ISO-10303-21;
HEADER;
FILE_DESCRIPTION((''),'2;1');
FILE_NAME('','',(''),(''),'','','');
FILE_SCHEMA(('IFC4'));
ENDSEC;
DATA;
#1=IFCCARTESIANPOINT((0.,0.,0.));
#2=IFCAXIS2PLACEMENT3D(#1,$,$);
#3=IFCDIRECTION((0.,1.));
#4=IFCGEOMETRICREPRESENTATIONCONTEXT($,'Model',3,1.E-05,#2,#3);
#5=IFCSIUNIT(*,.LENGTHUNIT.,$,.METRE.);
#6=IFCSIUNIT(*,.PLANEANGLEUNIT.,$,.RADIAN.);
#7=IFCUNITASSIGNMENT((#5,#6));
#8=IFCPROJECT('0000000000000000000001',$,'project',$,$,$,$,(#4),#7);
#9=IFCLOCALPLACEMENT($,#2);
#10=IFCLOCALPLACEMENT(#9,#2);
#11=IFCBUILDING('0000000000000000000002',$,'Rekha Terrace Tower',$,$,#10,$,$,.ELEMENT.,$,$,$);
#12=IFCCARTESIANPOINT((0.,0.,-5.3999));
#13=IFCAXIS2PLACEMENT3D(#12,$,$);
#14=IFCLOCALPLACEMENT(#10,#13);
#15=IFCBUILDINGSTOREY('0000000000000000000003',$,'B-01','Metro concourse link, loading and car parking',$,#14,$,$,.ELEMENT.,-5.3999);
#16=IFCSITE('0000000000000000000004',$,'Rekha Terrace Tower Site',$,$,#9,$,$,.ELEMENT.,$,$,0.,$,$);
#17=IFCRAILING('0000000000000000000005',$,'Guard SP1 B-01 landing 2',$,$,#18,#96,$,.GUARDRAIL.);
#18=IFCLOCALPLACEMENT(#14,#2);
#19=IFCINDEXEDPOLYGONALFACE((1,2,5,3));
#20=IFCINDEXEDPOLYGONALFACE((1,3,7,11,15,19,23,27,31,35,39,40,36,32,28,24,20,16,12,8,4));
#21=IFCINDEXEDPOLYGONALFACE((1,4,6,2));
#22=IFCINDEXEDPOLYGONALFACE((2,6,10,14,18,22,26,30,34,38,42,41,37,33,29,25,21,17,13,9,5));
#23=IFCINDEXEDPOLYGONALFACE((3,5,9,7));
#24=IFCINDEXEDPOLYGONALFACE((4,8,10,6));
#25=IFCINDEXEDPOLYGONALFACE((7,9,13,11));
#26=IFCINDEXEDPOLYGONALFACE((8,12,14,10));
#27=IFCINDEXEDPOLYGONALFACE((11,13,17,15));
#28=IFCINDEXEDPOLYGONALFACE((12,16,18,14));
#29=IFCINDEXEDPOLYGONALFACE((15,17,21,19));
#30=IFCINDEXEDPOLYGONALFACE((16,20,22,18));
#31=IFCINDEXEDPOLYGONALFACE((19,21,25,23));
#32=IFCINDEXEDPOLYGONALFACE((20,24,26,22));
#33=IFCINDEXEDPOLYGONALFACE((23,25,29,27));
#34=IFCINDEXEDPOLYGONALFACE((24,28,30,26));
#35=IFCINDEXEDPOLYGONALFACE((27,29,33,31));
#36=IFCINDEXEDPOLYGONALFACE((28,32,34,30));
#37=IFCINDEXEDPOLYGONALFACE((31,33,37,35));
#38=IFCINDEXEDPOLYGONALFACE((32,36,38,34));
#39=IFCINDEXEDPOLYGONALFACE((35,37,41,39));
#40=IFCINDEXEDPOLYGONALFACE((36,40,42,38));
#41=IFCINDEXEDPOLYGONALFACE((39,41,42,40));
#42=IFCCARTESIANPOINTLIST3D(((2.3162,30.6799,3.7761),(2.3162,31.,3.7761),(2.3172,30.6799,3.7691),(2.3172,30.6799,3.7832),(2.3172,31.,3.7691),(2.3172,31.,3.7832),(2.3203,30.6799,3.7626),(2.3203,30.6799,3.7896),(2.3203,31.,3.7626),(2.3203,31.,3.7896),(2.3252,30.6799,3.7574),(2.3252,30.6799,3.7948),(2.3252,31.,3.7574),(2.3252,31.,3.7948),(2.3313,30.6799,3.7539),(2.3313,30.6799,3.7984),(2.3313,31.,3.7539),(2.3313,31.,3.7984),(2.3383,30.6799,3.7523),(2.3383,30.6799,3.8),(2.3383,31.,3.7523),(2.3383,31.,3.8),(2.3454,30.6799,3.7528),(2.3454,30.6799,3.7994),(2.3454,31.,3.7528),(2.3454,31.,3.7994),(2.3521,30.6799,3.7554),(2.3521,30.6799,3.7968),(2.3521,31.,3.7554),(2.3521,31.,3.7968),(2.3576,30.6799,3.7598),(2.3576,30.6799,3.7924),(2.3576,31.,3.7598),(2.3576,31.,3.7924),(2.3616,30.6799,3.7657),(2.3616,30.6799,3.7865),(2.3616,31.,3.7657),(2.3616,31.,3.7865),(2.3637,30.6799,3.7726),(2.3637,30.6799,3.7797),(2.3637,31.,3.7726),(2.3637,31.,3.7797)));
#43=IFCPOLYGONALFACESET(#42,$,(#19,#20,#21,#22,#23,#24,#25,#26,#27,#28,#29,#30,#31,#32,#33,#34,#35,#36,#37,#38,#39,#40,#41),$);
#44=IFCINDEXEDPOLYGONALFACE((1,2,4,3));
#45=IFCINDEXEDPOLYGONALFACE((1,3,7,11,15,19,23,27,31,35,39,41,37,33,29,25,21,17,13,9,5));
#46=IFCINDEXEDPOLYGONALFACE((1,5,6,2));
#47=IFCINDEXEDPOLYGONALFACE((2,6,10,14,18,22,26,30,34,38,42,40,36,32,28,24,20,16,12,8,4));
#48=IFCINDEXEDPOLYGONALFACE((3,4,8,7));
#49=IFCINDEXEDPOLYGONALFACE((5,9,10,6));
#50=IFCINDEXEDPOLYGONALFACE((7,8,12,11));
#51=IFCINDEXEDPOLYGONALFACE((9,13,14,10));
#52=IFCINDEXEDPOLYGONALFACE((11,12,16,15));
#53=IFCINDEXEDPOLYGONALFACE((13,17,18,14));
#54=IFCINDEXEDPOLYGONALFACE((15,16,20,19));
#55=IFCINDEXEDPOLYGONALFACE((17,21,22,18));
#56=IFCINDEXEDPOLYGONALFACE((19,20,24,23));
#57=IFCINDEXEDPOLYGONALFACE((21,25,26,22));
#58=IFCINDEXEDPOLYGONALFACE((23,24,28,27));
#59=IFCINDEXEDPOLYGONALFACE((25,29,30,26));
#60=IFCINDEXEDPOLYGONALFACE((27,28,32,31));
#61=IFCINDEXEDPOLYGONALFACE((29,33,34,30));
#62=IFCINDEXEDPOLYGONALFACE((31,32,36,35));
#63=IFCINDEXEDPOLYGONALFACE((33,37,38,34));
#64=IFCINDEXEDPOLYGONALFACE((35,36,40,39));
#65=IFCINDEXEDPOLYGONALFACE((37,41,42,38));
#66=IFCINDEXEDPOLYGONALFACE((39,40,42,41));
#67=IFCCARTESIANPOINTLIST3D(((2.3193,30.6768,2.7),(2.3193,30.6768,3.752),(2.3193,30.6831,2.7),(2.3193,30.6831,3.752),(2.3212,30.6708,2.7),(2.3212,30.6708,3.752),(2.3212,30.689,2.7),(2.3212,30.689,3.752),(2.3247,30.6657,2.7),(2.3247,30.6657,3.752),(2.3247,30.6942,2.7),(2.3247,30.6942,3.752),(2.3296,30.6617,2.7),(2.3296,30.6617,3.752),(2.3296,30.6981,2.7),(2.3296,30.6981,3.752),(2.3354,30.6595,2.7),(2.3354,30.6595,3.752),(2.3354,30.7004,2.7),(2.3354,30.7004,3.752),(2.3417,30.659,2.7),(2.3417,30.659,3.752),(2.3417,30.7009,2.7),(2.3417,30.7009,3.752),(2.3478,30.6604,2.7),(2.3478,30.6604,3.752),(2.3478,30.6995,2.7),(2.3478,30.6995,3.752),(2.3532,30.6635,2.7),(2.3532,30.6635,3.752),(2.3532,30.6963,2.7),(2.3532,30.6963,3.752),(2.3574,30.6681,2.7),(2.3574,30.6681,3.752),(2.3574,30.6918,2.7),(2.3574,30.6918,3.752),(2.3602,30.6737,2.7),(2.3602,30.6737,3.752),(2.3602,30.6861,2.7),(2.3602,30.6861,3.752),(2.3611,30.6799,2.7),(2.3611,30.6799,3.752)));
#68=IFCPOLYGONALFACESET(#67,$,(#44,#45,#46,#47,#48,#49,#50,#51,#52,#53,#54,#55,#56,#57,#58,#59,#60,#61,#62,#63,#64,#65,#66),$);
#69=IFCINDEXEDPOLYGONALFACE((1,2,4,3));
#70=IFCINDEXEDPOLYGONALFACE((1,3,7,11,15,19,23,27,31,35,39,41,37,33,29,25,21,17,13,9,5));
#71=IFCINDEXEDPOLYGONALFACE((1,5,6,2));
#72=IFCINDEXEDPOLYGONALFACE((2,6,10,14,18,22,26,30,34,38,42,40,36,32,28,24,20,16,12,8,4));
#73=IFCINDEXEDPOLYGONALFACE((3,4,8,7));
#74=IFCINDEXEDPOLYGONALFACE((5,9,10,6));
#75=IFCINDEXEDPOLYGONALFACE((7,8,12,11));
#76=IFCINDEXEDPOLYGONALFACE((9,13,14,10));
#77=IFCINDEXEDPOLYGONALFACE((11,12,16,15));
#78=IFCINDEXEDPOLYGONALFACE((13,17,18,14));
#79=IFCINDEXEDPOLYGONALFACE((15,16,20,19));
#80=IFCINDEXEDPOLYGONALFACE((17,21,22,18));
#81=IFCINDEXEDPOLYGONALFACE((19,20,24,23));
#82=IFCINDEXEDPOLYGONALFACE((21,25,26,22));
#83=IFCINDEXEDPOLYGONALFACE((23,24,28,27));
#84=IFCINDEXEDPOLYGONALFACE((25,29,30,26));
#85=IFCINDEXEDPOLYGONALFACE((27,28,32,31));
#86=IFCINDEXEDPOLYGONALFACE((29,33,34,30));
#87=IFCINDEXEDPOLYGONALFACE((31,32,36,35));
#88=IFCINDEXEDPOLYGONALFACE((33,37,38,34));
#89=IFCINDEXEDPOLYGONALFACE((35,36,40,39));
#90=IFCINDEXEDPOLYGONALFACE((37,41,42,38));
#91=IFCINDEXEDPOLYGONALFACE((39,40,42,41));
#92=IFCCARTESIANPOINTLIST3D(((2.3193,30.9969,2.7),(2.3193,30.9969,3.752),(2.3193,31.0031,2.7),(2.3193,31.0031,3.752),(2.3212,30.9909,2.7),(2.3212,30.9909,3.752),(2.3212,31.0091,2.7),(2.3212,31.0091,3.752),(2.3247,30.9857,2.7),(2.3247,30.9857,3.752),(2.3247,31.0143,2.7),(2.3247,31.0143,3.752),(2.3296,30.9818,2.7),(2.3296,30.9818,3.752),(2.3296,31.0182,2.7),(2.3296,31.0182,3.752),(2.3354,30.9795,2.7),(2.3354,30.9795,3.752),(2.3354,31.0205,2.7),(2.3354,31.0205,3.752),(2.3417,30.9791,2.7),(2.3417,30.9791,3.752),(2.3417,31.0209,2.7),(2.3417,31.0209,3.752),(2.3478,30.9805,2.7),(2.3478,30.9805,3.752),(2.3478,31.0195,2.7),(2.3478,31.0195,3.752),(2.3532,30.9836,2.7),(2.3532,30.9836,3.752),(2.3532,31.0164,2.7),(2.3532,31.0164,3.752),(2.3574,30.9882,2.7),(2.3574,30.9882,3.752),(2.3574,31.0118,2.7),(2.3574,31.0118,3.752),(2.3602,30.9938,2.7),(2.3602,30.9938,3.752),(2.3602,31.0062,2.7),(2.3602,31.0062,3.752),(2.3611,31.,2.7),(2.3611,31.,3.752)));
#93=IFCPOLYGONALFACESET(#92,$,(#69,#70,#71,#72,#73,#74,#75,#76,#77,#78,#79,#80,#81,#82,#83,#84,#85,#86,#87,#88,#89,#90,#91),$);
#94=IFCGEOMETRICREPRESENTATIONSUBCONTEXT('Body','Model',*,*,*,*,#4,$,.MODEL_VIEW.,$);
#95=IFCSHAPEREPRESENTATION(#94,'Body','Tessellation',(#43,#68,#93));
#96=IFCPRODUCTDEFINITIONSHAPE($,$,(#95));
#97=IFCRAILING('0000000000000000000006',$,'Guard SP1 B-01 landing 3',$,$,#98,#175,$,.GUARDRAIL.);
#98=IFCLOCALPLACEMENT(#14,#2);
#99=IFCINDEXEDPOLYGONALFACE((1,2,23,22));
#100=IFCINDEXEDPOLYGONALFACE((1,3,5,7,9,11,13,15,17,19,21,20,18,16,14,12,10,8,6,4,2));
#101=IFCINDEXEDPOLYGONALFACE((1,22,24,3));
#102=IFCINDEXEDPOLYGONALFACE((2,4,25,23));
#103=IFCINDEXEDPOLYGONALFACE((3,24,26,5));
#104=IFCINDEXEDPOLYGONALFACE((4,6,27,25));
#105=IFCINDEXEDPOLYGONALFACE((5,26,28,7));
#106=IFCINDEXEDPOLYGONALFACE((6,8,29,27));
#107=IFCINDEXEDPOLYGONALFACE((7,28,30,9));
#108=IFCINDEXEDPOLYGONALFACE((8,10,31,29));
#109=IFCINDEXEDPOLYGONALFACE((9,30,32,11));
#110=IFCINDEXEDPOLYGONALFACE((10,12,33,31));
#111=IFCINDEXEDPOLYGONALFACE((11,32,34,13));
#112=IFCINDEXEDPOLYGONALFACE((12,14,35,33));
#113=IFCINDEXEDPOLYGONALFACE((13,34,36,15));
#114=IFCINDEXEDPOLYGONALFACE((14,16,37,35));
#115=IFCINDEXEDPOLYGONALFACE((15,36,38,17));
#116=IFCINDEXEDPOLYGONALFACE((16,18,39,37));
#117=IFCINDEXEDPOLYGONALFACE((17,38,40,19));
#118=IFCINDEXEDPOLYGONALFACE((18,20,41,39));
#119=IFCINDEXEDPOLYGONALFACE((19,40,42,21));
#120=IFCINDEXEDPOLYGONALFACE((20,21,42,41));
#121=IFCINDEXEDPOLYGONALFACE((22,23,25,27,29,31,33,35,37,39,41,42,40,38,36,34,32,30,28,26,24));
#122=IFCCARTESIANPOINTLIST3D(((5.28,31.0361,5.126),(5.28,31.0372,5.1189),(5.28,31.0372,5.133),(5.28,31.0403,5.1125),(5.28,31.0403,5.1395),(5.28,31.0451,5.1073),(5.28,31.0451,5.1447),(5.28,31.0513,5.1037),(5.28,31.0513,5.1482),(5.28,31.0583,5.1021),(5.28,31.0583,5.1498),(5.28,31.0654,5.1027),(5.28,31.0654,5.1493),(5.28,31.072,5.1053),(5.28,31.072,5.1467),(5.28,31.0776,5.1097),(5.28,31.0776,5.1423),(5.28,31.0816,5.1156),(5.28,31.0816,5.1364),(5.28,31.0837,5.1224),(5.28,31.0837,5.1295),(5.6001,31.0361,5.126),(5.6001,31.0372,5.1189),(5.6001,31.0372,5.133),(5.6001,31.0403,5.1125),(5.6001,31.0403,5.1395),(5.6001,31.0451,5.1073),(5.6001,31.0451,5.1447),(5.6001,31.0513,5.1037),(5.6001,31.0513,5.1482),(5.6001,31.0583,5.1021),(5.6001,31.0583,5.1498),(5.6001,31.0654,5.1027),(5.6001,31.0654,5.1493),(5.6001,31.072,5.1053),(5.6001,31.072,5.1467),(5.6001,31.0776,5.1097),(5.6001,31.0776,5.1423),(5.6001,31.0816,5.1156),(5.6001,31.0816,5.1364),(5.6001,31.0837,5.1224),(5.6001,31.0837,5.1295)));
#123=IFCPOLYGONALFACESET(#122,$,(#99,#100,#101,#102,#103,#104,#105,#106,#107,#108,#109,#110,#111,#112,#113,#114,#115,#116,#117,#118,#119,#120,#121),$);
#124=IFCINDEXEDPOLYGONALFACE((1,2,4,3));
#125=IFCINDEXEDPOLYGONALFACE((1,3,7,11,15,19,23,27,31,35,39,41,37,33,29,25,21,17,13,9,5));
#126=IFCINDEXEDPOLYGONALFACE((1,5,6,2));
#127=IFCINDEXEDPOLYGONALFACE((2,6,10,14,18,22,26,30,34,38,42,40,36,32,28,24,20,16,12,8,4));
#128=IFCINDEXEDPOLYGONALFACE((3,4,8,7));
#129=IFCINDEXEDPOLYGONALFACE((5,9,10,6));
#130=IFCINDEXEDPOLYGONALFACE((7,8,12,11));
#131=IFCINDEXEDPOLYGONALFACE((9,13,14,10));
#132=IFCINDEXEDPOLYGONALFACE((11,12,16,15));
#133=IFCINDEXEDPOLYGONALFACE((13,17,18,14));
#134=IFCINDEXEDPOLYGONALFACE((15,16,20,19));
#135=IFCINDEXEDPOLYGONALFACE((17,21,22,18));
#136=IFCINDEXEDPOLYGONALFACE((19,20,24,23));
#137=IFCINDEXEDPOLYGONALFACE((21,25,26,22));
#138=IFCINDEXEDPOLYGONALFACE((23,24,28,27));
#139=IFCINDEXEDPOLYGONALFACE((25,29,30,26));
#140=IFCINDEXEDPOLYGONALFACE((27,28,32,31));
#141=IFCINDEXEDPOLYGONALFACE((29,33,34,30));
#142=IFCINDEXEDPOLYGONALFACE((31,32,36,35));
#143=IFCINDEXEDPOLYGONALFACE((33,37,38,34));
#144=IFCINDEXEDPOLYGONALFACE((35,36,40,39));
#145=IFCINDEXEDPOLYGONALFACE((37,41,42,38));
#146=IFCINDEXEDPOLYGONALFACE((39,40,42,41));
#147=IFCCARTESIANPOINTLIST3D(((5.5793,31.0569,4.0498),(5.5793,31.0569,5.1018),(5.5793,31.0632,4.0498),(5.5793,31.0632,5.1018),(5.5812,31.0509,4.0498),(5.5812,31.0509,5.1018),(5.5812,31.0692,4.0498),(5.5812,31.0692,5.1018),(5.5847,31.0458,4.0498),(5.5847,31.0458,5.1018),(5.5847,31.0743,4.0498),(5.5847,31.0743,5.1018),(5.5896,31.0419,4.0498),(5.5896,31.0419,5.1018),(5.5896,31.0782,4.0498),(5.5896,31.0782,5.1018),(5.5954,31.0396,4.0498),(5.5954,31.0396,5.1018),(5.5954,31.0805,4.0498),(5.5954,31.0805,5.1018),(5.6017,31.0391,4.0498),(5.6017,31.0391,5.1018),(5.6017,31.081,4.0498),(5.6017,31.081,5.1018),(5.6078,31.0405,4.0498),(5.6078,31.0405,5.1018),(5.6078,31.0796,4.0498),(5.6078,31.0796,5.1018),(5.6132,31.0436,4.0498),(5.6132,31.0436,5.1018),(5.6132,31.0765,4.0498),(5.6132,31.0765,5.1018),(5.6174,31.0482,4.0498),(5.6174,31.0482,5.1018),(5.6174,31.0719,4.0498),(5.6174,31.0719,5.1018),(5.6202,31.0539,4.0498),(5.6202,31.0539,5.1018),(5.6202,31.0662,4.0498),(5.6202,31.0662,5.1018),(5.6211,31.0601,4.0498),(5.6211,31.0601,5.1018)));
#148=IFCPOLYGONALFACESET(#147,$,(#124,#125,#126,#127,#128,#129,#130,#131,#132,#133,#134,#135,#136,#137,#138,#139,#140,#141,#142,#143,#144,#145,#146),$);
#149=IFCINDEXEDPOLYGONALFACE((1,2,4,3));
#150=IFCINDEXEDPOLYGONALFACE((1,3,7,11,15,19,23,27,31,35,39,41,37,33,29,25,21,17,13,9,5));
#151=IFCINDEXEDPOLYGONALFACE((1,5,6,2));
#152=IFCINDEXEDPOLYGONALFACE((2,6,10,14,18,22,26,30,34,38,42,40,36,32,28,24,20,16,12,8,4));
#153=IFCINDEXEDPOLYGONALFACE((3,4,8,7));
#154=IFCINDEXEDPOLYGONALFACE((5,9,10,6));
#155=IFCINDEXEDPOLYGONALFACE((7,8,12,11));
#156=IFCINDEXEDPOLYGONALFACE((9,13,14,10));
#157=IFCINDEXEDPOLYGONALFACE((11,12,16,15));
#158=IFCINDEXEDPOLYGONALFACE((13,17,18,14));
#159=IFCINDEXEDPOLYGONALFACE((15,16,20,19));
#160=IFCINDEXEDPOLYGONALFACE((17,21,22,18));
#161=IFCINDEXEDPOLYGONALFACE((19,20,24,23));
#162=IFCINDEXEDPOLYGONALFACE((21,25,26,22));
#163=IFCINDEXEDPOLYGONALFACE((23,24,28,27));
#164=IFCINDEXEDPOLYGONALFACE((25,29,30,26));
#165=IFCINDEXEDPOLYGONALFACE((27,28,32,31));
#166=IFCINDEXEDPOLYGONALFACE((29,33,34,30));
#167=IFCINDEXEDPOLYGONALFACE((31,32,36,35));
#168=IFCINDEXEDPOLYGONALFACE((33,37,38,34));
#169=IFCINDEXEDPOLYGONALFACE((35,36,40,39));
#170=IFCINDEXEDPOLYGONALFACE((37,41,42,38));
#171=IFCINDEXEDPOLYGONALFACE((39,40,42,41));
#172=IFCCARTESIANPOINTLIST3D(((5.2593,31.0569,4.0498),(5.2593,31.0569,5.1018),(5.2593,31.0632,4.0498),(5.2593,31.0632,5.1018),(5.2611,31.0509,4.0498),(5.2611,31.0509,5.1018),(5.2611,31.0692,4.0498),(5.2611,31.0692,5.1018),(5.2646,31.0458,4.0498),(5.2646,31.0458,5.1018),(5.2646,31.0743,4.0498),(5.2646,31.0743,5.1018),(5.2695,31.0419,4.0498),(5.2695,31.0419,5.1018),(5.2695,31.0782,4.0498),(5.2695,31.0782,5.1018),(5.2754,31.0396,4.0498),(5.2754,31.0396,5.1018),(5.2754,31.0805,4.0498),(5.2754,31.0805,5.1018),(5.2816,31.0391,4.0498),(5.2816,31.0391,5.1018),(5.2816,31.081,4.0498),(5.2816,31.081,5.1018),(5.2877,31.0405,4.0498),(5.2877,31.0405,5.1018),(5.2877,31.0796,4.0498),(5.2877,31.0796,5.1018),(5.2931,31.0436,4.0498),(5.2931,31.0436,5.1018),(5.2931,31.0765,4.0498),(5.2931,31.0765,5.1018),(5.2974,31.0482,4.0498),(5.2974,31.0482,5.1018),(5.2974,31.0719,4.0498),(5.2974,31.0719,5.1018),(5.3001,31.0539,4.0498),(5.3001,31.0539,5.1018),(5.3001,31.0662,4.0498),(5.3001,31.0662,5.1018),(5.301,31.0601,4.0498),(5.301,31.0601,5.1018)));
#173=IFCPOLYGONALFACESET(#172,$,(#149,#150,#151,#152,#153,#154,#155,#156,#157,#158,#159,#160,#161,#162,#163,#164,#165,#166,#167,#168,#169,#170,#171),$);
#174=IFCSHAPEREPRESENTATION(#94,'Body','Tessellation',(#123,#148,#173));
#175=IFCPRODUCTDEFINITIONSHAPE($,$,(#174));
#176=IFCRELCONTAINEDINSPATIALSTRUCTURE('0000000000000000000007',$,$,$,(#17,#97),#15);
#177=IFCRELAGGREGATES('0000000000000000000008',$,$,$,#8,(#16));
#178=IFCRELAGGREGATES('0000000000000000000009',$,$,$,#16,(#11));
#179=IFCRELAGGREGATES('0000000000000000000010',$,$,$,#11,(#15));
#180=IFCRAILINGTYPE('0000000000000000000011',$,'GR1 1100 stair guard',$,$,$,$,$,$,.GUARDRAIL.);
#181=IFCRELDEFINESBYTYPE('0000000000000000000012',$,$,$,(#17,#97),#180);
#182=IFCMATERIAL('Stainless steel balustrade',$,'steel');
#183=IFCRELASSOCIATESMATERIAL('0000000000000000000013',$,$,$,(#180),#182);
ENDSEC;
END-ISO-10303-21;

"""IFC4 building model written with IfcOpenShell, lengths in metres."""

from ifc_helpers import new_model, si_unit, direction, frame, origin, origin_2d, place, context, subcontext, project, spatial, circle, extrude, material, type_object, element, save


model = new_model("IFC4")

# Units and contexts
model_context = context("Model", 3, precision=1e-05, world=origin(), true_north=direction((0.0, 1.0)))
body_context = subcontext(model_context, "Body", "Model", "MODEL_VIEW")
ifc_project = project(units=[si_unit("LENGTHUNIT", "METRE"), si_unit("PLANEANGLEUNIT", "RADIAN")], contexts=[model_context])

# Site, building, storey
site_placement = place(None, origin())
site = spatial("IfcSite", under=ifc_project, at=site_placement, Name="Rekha Terrace Tower Site", CompositionType="ELEMENT", RefElevation=0.0)
building_placement = place(site_placement, origin())
building = spatial("IfcBuilding", under=site, at=building_placement, Name="Rekha Terrace Tower", CompositionType="ELEMENT")
storey_placement = place(building_placement, frame((0.0, 0.0, -5.3999)))
storey = spatial("IfcBuildingStorey", under=building, at=storey_placement, Name="B-01", Description="Metro concourse link, loading and car parking", CompositionType="ELEMENT", Elevation=-5.3999)

# Railings
ifc_material_1 = material(Name="Stainless steel balustrade", Category="steel")
railing_type_1 = type_object("IfcRailingType", Name="GR1 1100 stair guard", PredefinedType="GUARDRAIL", material=ifc_material_1)
railing_1_placement = place(storey_placement, frame((2.3401, 30.6799, 2.7)))
element("IfcRailing", 1, at=railing_1_placement, inside=storey, type_object=railing_type_1, Name="Guard SP1 B-01 landing 2", PredefinedType="GUARDRAIL", context=body_context, shape_type="SweptSolid", body=[
    extrude(circle(Radius=0.0239, at=origin_2d()), frame((0.0, 0.0, 1.0762), z_axis=(0.0, 1.0, 0.0), x_axis=(-1.0, 0.0, 0.0)), (0.0, 0.0, 1.0), 0.3201),
    extrude(circle(Radius=0.021, at=origin_2d()), origin(), (0.0, 0.0, 1.0), 1.052),
    extrude(circle(Radius=0.021, at=origin_2d()), frame((0.0, 0.3201, 0.0)), (0.0, 0.0, 1.0), 1.052),
])
railing_2_placement = place(storey_placement, frame((5.6001, 31.0601, 4.0498)))
element("IfcRailing", 2, at=railing_2_placement, inside=storey, type_object=railing_type_1, Name="Guard SP1 B-01 landing 3", PredefinedType="GUARDRAIL", context=body_context, shape_type="SweptSolid", body=[
    extrude(circle(Radius=0.0239, at=origin_2d()), frame((0.0, 0.0, 1.0762), z_axis=(-1.0, 0.0, 0.0), x_axis=(0.0, -1.0, 0.0)), (0.0, 0.0, 1.0), 0.3201),
    extrude(circle(Radius=0.021, at=origin_2d()), origin(), (0.0, 0.0, 1.0), 1.052),
    extrude(circle(Radius=0.021, at=origin_2d()), frame((-0.3201, 0.0, 0.0)), (0.0, 0.0, 1.0), 1.052),
])

save(model, "model.ifc")
